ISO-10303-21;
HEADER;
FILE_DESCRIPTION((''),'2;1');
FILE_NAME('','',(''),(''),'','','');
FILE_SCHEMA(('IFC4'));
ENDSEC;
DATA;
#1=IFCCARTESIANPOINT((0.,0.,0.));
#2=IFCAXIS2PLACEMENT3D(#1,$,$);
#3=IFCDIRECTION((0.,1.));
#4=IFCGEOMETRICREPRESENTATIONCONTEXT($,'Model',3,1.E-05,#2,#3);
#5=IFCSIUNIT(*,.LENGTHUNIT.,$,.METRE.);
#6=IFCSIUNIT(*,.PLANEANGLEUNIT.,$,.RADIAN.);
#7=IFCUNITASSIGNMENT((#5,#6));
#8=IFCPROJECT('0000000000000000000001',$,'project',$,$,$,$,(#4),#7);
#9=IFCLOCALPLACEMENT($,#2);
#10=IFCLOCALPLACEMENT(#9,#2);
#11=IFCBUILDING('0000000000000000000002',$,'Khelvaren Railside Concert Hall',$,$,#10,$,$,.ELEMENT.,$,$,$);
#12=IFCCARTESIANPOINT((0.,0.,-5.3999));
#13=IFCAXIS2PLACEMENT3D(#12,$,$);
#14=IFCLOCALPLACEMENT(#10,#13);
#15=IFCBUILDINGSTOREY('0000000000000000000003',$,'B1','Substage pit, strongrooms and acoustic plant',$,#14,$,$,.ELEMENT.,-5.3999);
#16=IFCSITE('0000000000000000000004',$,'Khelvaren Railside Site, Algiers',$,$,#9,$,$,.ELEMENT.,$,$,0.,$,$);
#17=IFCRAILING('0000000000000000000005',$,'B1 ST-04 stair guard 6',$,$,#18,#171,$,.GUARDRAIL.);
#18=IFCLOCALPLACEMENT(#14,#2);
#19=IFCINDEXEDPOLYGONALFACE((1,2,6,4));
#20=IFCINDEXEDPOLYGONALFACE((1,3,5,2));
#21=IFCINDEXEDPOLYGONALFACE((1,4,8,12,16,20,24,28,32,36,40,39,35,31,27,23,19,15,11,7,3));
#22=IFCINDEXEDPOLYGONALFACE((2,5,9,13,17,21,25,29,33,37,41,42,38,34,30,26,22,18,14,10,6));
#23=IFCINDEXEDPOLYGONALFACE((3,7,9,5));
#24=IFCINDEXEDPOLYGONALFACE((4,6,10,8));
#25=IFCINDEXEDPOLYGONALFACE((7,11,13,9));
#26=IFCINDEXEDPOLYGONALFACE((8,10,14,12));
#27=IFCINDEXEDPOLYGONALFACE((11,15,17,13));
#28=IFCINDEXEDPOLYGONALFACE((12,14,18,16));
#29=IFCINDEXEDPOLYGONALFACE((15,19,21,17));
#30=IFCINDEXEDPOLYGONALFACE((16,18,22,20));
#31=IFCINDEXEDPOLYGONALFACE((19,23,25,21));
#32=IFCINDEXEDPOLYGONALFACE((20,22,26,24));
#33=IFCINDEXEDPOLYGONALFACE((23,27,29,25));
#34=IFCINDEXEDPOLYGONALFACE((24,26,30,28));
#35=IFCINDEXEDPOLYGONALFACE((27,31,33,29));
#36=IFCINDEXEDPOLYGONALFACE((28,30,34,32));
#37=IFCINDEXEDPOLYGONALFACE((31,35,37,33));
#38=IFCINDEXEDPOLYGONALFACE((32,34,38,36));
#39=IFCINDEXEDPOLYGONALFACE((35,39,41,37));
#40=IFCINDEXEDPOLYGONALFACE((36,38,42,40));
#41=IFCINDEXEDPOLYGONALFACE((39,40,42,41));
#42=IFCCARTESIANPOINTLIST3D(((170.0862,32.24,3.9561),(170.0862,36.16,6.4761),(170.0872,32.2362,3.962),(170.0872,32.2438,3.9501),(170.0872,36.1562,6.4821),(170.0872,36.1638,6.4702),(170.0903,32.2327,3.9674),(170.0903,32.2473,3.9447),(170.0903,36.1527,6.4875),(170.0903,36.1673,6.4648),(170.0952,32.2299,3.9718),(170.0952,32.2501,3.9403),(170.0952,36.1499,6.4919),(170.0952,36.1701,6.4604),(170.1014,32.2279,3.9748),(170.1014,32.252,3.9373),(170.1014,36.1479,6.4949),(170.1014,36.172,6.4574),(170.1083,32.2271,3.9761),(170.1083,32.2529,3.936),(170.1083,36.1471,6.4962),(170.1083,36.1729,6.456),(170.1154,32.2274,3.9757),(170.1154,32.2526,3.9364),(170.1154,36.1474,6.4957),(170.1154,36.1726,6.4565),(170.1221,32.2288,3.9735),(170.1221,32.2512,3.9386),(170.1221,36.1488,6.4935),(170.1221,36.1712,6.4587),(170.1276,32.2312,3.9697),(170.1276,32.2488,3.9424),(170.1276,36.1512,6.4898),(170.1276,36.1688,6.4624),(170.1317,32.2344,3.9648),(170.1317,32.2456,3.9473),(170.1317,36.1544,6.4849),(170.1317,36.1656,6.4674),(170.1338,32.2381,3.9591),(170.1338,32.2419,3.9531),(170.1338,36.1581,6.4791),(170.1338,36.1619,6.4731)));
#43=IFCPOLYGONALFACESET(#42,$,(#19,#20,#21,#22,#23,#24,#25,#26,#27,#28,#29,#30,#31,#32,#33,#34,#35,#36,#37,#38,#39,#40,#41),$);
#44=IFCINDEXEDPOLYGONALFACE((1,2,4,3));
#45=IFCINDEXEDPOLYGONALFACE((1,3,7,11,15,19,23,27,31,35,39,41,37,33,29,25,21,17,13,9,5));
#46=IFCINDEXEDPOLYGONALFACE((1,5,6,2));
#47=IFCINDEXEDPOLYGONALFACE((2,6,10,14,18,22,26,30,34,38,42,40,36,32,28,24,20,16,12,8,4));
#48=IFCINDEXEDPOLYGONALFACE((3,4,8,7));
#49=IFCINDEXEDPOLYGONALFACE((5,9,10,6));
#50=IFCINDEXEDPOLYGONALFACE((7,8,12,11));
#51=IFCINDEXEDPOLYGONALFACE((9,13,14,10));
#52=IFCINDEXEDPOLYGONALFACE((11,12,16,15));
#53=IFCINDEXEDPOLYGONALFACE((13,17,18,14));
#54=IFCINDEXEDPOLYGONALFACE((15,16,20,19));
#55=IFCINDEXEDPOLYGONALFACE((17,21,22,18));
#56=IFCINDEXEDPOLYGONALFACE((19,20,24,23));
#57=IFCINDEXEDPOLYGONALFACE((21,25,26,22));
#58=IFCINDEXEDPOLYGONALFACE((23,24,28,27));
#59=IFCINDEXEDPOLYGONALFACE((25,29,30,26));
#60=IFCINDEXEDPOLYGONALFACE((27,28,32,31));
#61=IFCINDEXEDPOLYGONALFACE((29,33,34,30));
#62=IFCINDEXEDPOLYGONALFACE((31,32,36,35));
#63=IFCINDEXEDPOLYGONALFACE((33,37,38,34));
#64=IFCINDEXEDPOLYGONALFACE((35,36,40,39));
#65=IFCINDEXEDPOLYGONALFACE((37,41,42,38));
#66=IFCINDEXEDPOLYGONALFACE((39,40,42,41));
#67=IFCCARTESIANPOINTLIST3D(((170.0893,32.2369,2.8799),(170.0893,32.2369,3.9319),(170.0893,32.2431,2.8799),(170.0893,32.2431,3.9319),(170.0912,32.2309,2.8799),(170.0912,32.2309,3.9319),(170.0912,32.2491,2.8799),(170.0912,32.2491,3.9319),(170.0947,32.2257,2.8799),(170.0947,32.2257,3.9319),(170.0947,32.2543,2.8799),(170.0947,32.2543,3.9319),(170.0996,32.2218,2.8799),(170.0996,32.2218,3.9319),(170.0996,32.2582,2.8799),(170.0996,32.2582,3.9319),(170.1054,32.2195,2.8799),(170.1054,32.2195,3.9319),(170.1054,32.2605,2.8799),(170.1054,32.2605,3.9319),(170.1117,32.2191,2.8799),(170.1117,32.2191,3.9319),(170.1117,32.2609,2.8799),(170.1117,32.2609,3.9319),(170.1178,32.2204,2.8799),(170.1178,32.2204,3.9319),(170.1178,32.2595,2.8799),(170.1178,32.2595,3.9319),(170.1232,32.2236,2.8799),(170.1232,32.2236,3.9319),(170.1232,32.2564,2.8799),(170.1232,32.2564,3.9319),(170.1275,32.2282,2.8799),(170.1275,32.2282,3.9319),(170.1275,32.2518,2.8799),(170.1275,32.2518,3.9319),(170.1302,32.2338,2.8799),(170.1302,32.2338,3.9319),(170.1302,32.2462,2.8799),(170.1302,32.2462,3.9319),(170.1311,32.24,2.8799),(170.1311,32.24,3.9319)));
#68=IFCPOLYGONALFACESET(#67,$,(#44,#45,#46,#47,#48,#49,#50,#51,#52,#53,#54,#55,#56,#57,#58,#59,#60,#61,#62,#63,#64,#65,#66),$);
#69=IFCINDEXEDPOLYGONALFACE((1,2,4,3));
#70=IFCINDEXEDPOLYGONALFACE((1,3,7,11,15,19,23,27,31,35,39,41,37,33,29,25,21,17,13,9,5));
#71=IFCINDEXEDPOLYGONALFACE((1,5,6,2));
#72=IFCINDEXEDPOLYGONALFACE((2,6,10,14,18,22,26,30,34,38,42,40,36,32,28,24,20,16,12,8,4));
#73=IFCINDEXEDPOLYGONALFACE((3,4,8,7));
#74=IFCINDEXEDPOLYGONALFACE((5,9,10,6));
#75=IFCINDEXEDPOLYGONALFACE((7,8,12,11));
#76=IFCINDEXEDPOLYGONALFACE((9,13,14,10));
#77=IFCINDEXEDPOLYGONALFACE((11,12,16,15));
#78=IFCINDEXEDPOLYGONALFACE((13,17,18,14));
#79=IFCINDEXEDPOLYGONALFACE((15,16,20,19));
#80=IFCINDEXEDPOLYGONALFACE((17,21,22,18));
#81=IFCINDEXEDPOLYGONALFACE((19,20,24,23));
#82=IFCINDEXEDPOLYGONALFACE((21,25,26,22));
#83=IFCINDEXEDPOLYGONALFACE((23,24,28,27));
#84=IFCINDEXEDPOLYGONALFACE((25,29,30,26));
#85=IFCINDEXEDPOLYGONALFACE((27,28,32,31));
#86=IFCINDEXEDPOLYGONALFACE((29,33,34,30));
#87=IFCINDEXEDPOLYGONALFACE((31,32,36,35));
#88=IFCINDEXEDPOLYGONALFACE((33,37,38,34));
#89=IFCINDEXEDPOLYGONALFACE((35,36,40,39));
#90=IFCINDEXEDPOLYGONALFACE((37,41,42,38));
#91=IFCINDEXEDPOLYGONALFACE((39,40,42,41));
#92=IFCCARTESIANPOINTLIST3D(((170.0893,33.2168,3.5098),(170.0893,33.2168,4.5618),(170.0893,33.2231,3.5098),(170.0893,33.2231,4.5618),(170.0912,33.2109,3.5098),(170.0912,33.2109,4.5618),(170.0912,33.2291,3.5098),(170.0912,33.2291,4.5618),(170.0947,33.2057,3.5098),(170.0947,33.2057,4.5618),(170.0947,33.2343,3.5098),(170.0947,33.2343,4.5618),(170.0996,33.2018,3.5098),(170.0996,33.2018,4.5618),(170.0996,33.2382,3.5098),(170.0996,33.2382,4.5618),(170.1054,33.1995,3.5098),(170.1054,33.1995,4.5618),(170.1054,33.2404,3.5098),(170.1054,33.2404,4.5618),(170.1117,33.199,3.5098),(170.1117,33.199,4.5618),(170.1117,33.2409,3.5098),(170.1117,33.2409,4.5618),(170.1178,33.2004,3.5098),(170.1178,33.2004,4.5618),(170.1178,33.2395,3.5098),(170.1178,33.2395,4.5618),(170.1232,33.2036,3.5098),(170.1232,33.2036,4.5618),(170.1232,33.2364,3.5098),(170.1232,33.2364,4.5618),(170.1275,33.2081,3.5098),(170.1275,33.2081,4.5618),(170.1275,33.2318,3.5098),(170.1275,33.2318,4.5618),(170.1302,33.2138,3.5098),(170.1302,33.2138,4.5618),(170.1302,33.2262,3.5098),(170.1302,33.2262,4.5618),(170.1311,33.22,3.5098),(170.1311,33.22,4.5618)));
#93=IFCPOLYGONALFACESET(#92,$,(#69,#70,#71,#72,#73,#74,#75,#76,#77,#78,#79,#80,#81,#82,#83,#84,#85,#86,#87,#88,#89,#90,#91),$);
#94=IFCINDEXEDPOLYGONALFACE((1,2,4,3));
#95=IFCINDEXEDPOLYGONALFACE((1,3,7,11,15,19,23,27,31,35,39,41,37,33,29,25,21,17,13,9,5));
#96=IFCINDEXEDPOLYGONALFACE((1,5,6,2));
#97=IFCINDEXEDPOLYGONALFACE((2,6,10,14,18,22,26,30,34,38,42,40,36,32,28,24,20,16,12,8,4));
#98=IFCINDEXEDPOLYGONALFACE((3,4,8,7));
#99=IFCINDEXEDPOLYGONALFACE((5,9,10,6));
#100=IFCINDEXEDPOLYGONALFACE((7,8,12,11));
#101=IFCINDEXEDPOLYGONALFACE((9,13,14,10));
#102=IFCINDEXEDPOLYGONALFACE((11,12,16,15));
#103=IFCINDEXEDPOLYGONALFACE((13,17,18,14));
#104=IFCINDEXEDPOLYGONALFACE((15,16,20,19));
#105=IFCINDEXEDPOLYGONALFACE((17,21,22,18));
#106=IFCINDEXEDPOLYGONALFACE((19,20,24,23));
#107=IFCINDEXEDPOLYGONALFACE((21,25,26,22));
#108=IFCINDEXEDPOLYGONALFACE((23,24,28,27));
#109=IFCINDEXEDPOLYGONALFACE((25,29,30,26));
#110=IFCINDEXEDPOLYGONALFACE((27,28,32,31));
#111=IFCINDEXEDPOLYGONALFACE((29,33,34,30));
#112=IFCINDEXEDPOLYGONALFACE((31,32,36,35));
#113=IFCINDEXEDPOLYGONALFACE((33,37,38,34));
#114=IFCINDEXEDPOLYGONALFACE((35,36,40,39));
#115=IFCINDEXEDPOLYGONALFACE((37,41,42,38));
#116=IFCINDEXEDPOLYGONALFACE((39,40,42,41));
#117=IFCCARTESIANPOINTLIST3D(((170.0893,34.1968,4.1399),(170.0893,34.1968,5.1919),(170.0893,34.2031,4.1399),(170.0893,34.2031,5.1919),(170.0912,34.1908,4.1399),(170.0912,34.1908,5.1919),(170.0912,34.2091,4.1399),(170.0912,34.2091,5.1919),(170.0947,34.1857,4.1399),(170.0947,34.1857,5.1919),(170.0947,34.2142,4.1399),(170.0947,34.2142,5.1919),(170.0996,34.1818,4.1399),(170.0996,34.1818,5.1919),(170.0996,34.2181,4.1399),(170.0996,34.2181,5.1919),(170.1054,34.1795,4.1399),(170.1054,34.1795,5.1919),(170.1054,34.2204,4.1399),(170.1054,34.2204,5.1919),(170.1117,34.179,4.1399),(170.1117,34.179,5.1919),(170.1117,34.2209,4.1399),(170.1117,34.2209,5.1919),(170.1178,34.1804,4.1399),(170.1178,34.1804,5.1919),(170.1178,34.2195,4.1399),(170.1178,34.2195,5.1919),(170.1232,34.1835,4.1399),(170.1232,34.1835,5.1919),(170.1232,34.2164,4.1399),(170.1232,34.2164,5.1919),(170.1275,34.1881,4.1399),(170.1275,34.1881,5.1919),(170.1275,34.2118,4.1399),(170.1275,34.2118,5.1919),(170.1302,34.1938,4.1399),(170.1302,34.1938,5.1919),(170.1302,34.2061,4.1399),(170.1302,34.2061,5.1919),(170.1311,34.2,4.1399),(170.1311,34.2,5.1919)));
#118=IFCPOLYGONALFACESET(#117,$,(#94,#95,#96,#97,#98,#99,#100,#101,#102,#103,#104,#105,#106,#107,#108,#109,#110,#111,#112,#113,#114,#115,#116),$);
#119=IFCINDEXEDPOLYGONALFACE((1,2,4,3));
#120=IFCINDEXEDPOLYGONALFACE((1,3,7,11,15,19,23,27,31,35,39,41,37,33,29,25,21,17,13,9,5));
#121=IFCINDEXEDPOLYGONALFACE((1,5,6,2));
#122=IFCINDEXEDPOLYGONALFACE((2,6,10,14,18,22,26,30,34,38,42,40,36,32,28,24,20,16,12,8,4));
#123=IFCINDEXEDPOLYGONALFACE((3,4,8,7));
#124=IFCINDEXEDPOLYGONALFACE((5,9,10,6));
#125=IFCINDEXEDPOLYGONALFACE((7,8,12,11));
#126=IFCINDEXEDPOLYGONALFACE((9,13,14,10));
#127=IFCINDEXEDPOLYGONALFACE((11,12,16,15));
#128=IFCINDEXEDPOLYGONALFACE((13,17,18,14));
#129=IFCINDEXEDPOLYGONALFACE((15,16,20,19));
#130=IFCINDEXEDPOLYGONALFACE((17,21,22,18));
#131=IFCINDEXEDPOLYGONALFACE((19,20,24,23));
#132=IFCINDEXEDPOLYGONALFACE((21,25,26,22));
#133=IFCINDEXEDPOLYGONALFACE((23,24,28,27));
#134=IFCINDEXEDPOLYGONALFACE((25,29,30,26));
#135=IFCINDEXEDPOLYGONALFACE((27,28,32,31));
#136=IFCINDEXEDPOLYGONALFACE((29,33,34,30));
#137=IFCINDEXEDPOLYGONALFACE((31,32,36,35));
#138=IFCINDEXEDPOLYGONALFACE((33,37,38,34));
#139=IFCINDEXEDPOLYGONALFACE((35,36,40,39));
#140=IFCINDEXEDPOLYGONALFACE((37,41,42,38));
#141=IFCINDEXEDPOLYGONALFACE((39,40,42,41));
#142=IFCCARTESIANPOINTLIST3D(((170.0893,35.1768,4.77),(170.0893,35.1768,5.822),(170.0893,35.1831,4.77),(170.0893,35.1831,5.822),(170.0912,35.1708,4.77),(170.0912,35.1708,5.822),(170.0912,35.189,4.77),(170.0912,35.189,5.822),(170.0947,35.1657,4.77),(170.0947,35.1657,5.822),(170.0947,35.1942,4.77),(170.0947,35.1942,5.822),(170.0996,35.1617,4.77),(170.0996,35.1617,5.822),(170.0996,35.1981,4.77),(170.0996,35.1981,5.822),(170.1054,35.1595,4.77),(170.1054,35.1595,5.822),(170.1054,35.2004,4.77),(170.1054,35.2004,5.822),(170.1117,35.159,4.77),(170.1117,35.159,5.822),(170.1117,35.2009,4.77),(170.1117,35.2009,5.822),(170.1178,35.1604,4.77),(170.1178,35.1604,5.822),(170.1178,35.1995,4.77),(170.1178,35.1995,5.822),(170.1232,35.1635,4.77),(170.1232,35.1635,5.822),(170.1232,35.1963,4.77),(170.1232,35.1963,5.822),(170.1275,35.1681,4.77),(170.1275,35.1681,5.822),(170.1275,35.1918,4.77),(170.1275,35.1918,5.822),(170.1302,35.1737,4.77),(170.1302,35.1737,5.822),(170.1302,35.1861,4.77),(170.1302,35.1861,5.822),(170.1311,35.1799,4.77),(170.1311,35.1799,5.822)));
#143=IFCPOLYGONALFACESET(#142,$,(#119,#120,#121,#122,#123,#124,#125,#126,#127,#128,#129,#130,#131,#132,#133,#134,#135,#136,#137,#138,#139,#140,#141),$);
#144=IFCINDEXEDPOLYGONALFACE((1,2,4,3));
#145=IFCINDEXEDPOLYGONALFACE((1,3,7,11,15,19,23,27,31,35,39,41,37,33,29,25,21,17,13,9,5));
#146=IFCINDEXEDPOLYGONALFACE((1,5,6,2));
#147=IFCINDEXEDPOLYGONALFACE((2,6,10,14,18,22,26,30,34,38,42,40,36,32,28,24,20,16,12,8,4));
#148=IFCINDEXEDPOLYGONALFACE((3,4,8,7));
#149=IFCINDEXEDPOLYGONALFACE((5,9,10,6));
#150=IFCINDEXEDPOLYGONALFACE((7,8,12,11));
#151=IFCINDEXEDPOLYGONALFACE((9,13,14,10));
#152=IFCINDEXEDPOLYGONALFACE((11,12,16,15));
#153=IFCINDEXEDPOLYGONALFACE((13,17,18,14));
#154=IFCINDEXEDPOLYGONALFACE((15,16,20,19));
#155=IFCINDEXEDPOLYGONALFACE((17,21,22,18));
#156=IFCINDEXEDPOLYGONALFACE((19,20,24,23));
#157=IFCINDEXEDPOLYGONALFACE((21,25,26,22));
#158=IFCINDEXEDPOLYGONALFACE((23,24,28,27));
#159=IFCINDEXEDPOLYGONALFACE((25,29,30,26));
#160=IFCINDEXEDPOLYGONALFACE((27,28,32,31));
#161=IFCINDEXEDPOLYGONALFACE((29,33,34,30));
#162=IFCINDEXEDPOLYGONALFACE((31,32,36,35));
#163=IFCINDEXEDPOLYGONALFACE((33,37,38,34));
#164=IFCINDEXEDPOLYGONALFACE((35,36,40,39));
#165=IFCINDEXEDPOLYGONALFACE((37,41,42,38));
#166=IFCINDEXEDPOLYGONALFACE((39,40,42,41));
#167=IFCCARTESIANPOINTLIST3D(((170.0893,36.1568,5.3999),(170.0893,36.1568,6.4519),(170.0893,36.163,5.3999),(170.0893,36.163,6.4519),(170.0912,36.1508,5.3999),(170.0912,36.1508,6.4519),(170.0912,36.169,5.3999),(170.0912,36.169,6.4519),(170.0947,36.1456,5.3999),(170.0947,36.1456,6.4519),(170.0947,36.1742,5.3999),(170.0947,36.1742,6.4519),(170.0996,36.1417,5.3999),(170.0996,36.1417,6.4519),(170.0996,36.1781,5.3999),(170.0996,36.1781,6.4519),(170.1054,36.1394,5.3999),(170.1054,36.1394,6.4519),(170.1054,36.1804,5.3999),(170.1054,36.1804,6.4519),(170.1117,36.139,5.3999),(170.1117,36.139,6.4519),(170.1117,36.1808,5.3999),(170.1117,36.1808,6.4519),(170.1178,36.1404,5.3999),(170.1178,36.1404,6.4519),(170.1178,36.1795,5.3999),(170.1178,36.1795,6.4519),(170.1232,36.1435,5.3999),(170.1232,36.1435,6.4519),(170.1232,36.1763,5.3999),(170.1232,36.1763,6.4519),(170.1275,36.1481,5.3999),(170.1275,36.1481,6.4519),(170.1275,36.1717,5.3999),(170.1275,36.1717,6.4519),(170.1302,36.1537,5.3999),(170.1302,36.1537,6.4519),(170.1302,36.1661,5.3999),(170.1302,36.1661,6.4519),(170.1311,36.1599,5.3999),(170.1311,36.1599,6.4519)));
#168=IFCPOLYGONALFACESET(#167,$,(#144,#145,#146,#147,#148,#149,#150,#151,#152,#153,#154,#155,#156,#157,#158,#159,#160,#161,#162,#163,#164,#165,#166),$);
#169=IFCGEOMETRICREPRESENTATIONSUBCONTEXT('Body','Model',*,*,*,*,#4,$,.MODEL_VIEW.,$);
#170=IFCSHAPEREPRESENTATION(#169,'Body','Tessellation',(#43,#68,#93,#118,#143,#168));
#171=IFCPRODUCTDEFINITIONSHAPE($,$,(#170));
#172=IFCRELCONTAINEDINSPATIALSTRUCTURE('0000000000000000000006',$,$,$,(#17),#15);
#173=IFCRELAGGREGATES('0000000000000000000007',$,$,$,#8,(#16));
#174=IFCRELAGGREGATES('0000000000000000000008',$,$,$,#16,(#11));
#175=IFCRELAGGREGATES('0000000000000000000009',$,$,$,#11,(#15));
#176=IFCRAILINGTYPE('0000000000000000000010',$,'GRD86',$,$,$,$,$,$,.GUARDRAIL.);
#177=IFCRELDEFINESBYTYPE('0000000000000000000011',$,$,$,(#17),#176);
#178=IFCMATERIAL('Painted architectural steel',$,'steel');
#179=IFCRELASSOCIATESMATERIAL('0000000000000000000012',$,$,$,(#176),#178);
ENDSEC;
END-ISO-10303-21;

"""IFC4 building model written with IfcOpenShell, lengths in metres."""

from ifc_helpers import new_model, si_unit, direction, frame, origin, origin_2d, place, context, subcontext, project, spatial, circle, extrude, material, type_object, element, save


model = new_model("IFC4")

# Units and contexts
model_context = context("Model", 3, precision=1e-05, world=origin(), true_north=direction((0.0, 1.0)))
body_context = subcontext(model_context, "Body", "Model", "MODEL_VIEW")
ifc_project = project(units=[si_unit("LENGTHUNIT", "METRE"), si_unit("PLANEANGLEUNIT", "RADIAN")], contexts=[model_context])

# Site, building, storey
site_placement = place(None, origin())
site = spatial("IfcSite", under=ifc_project, at=site_placement, Name="Khelvaren Railside Site, Algiers", CompositionType="ELEMENT", RefElevation=0.0)
building_placement = place(site_placement, origin())
building = spatial("IfcBuilding", under=site, at=building_placement, Name="Khelvaren Railside Concert Hall", CompositionType="ELEMENT")
storey_placement = place(building_placement, frame((0.0, 0.0, -5.3999)))
storey = spatial("IfcBuildingStorey", under=building, at=storey_placement, Name="B1", Description="Substage pit, strongrooms and acoustic plant", CompositionType="ELEMENT", Elevation=-5.3999)

# Railing
ifc_material_1 = material(Name="Painted architectural steel", Category="steel")
railing_type = type_object("IfcRailingType", Name="GRD86", PredefinedType="GUARDRAIL", material=ifc_material_1)
railing_1_placement = place(storey_placement, frame((170.1101, 32.24, 2.8799)))
element("IfcRailing", 1, at=railing_1_placement, inside=storey, type_object=railing_type, Name="B1 ST-04 stair guard 6", PredefinedType="GUARDRAIL", context=body_context, shape_type="SweptSolid", body=[
    extrude(circle(Radius=0.0239, at=origin_2d()), frame((0.0, 0.0, 1.0762), z_axis=(0.0, 0.841172, 0.540768), x_axis=(-1.0, 0.0, 0.0)), (0.0, 0.0, 1.0), 4.6602),
    extrude(circle(Radius=0.021, at=origin_2d()), origin(), (0.0, 0.0, 1.0), 1.052),
    extrude(circle(Radius=0.021, at=origin_2d()), frame((0.0, 0.98, 0.6299)), (0.0, 0.0, 1.0), 1.052),
    extrude(circle(Radius=0.021, at=origin_2d()), frame((0.0, 1.96, 1.26)), (0.0, 0.0, 1.0), 1.052),
    extrude(circle(Radius=0.021, at=origin_2d()), frame((0.0, 2.9399, 1.8901)), (0.0, 0.0, 1.0), 1.052),
    extrude(circle(Radius=0.021, at=origin_2d()), frame((0.0, 3.9199, 2.52)), (0.0, 0.0, 1.0), 1.052),
])

save(model, "model.ifc")
